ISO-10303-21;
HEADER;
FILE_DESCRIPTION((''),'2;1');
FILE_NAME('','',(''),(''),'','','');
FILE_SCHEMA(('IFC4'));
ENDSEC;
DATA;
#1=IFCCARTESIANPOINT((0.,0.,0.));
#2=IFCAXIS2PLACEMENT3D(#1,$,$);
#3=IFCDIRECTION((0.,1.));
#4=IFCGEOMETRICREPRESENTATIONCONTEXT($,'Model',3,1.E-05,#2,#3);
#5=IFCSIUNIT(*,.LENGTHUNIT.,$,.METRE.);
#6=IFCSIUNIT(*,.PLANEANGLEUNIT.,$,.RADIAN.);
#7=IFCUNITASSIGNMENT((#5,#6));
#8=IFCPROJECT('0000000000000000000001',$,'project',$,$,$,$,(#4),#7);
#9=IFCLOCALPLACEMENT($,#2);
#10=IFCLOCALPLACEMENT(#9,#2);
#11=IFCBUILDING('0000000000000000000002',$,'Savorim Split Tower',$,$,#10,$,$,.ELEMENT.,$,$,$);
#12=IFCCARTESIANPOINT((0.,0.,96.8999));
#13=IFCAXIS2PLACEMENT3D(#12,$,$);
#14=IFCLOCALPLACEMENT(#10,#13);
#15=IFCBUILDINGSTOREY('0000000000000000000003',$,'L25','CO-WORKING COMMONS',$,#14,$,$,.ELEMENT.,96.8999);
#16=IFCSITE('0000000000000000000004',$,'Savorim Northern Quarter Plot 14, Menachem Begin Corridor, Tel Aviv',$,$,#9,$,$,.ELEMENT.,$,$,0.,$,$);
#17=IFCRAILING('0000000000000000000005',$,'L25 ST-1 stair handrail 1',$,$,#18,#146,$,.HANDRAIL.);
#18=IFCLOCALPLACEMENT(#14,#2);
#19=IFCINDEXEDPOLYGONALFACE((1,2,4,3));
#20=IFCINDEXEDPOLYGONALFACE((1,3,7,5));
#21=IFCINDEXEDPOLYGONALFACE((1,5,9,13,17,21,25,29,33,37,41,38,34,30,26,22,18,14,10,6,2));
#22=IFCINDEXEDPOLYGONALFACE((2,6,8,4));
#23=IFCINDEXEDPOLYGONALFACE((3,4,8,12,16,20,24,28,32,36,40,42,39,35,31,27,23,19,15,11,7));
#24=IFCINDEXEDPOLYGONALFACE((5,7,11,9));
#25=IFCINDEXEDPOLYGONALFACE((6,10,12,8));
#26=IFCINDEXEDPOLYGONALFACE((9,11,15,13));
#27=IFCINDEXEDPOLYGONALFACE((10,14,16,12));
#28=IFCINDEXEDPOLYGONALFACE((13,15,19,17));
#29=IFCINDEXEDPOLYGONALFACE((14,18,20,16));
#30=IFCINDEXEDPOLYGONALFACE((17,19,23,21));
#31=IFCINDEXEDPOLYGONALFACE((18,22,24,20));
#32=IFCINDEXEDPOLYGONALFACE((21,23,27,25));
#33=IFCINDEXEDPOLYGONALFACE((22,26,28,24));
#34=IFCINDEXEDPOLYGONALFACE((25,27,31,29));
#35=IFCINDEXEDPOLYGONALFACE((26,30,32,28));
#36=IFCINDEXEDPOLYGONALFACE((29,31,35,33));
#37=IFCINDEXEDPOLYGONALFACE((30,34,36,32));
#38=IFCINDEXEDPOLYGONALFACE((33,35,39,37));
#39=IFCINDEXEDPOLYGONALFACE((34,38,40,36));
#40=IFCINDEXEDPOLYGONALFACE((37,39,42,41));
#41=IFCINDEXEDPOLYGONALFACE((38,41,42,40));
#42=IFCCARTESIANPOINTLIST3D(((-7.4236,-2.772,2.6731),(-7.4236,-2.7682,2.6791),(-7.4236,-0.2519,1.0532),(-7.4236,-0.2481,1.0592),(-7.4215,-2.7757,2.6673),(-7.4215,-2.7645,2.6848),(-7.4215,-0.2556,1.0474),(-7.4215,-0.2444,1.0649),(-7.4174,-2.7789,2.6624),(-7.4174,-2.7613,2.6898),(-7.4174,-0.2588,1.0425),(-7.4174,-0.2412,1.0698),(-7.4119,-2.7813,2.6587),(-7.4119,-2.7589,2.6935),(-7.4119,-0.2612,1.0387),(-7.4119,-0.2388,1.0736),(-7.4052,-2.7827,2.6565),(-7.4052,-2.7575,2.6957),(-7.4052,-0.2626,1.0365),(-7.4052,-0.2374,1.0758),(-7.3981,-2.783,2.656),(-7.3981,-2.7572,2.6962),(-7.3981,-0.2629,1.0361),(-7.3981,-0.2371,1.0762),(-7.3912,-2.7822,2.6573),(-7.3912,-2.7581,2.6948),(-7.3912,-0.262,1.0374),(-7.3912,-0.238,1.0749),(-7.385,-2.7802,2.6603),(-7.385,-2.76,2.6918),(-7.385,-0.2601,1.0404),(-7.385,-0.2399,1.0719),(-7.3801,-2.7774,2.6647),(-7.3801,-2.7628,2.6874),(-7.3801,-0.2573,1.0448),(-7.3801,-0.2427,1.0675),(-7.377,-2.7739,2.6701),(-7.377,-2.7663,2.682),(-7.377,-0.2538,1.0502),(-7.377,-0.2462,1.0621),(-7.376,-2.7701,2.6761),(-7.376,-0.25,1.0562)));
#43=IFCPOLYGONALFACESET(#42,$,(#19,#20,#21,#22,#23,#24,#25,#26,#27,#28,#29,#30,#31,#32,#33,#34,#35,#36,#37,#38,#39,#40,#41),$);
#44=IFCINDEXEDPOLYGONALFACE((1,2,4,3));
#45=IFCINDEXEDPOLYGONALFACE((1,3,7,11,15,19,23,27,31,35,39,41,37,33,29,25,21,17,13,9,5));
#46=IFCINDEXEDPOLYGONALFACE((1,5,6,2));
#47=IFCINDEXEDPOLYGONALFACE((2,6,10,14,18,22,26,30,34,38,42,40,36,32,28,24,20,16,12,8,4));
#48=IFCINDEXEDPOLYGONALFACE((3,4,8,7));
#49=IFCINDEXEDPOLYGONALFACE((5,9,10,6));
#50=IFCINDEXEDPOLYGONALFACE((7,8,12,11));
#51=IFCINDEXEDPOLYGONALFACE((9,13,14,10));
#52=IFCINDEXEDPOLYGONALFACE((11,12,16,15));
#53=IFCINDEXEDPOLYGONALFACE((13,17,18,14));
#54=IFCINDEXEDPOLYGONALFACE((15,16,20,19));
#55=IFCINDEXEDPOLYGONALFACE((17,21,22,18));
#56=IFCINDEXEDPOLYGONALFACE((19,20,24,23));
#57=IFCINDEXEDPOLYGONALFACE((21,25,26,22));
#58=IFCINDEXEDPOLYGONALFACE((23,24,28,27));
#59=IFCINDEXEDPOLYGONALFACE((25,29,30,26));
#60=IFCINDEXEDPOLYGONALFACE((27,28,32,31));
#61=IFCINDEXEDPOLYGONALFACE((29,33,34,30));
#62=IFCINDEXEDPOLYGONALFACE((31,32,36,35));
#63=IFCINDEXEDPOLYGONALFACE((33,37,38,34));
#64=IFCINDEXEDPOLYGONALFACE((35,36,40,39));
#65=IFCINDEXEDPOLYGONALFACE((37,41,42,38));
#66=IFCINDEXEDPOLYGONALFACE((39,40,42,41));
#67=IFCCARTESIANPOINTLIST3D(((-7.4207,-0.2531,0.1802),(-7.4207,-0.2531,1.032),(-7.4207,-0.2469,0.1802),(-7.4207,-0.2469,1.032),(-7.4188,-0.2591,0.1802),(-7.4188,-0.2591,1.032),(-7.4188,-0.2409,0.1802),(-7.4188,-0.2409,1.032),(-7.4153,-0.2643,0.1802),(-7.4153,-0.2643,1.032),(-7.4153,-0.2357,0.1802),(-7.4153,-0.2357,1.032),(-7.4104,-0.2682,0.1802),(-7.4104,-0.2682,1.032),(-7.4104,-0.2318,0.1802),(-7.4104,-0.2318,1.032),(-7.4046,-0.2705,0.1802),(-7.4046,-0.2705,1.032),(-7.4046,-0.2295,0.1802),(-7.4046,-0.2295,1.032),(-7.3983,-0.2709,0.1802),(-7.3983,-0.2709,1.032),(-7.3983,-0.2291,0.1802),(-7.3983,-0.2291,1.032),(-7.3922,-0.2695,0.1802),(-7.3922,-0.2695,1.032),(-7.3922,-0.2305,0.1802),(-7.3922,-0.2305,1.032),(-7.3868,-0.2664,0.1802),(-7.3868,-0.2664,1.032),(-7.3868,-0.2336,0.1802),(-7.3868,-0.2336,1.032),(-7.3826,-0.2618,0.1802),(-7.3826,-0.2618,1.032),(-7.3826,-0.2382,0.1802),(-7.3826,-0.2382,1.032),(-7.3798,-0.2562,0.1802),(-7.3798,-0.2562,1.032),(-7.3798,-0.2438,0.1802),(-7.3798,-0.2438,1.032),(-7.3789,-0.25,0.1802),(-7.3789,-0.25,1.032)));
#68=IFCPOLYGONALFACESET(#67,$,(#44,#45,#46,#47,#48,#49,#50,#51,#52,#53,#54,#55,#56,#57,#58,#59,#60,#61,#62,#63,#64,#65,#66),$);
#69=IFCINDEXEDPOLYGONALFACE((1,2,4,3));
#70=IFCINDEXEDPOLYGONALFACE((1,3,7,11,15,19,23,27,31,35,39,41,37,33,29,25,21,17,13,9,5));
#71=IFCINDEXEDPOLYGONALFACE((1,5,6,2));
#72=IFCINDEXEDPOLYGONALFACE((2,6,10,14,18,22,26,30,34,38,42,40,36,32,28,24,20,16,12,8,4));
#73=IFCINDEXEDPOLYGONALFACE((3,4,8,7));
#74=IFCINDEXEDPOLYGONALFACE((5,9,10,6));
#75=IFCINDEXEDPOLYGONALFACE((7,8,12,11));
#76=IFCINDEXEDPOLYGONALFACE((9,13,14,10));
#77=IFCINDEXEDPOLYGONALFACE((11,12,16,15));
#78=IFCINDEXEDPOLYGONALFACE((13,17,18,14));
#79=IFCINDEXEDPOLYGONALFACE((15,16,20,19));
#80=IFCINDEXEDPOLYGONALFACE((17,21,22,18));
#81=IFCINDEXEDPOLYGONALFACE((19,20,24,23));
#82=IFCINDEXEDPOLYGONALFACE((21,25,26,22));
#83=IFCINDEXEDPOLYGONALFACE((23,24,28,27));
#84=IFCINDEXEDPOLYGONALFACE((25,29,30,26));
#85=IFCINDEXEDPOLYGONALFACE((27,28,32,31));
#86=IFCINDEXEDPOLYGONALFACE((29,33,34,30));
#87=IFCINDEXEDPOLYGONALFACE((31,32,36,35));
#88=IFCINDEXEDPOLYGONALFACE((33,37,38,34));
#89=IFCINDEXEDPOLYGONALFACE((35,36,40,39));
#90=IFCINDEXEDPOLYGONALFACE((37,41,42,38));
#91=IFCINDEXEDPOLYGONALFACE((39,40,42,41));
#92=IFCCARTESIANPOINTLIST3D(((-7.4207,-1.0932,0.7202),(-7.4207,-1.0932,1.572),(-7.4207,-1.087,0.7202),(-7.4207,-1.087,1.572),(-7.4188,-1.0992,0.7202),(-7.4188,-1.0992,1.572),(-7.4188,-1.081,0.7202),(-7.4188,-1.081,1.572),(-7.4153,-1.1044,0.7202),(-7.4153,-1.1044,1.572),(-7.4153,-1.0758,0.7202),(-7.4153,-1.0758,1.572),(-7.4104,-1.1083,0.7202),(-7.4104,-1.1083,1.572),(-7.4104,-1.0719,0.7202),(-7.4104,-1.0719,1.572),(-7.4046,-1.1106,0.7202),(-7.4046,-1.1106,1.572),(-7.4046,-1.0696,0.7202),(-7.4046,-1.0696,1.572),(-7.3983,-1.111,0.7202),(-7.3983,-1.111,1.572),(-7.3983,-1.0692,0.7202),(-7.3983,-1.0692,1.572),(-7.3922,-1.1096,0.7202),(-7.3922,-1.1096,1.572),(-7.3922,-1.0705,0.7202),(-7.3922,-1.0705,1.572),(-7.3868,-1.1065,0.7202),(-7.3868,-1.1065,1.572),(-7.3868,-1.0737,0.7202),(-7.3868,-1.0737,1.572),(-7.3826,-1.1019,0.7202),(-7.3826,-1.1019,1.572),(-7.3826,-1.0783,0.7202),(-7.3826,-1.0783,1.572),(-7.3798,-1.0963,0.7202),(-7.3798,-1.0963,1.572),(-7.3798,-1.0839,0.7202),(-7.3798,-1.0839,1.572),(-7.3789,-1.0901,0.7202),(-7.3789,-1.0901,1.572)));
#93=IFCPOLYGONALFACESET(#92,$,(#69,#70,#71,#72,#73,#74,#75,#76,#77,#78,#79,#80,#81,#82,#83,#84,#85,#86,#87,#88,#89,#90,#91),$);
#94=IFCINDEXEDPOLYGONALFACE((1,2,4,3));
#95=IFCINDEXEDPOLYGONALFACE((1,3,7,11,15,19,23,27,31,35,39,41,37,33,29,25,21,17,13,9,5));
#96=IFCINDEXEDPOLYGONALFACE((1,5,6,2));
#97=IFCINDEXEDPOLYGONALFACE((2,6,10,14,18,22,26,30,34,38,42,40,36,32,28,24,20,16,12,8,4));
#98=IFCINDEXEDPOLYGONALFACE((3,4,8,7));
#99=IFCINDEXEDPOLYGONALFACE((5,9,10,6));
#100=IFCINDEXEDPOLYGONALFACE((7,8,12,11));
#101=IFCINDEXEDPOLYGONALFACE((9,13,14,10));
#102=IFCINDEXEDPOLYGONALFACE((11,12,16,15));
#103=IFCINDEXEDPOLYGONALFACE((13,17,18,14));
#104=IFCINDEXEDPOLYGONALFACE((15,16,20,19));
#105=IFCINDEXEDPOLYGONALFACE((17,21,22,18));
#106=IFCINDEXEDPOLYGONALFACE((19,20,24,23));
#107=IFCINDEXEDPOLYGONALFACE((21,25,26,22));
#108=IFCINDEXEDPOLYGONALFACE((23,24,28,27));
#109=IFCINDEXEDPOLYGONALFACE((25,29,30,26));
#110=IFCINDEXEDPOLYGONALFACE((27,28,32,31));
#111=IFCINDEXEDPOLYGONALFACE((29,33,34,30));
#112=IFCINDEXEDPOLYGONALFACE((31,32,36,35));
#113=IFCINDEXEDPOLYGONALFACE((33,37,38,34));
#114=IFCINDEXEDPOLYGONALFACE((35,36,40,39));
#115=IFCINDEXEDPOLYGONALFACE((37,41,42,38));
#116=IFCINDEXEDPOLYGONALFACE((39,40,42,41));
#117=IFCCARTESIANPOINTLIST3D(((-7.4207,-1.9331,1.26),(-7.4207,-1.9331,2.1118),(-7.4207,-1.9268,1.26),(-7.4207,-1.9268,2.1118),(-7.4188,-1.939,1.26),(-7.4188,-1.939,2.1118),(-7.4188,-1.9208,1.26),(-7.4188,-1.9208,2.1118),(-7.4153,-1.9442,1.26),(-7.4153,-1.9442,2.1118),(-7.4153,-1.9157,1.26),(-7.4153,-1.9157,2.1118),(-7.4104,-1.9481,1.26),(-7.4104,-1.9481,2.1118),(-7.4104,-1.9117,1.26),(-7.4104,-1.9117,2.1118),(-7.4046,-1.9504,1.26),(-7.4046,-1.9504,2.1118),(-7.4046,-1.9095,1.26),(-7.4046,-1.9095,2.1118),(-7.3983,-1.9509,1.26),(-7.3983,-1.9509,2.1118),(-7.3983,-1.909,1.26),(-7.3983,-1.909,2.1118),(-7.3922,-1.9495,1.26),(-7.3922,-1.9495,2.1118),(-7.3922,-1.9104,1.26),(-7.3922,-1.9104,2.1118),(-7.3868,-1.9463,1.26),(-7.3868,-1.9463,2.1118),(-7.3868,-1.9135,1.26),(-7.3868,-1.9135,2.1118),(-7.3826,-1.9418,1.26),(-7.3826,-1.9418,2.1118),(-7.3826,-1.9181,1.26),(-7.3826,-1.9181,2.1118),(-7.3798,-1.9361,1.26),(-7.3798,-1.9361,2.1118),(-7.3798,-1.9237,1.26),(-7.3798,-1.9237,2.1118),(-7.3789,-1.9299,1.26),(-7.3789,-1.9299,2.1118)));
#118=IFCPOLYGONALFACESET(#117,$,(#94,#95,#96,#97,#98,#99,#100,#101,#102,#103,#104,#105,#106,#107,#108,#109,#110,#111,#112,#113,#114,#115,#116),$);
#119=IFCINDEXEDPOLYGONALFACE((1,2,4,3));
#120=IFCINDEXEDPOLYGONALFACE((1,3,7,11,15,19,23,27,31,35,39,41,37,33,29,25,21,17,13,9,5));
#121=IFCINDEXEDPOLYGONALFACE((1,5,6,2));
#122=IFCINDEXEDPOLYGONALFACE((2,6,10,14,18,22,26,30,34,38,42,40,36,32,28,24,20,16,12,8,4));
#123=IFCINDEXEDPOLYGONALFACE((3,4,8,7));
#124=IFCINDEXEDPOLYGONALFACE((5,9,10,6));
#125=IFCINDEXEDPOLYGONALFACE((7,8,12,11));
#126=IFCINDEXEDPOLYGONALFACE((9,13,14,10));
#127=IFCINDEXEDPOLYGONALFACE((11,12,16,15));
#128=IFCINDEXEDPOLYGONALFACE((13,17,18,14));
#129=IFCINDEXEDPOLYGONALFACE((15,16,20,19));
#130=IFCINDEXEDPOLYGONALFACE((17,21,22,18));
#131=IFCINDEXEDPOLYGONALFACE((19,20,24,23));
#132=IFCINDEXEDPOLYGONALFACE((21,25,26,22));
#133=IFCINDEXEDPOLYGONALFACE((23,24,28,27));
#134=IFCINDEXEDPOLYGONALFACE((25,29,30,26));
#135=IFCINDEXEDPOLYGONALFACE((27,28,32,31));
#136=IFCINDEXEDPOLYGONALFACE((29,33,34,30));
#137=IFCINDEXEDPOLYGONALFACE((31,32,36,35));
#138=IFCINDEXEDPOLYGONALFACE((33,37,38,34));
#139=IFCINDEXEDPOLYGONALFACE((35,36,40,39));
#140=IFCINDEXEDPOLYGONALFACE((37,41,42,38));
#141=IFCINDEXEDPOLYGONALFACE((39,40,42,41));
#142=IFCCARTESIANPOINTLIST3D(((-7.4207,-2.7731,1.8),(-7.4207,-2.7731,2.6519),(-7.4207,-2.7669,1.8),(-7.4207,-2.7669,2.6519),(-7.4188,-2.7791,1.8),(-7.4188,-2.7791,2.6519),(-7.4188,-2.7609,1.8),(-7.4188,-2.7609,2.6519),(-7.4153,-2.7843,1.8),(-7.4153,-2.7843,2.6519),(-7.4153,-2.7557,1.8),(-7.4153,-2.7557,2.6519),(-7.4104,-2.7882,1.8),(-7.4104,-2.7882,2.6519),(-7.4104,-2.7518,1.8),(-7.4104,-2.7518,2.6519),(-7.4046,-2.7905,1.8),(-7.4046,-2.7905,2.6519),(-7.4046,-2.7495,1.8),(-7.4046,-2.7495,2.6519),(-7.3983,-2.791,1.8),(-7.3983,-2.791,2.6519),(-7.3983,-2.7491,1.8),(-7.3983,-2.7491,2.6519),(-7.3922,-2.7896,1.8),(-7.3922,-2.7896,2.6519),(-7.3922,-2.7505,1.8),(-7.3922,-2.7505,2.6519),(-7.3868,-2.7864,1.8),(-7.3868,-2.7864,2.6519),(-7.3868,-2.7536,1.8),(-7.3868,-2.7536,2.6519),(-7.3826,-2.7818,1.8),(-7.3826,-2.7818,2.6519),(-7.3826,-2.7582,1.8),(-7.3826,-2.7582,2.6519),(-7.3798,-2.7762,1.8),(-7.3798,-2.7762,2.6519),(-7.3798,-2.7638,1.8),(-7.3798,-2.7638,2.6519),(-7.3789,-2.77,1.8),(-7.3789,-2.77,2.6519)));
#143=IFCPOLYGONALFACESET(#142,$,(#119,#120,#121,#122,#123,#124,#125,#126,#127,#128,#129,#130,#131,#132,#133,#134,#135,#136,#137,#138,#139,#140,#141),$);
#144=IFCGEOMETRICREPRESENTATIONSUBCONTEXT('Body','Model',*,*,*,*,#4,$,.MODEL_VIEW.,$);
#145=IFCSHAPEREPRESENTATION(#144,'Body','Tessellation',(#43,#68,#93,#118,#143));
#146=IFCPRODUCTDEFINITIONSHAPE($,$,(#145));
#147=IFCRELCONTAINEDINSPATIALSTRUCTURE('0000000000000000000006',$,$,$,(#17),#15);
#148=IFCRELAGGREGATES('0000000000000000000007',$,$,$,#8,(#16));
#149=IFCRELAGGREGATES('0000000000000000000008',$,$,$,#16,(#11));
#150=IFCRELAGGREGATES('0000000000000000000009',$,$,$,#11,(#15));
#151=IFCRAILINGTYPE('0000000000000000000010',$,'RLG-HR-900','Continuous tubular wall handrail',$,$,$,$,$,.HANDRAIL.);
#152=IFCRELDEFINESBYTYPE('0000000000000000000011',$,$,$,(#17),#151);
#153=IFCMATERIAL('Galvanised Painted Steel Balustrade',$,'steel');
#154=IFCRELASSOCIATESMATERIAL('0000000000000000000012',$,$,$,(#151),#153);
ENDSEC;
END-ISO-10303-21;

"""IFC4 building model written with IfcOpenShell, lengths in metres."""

from ifc_helpers import new_model, si_unit, direction, frame, origin, origin_2d, place, context, subcontext, project, spatial, circle, extrude, material, type_object, element, save


model = new_model("IFC4")

# Units and contexts
model_context = context("Model", 3, precision=1e-05, world=origin(), true_north=direction((0.0, 1.0)))
body_context = subcontext(model_context, "Body", "Model", "MODEL_VIEW")
ifc_project = project(units=[si_unit("LENGTHUNIT", "METRE"), si_unit("PLANEANGLEUNIT", "RADIAN")], contexts=[model_context])

# Site, building, storey
site_placement = place(None, origin())
site = spatial("IfcSite", under=ifc_project, at=site_placement, Name="Savorim Northern Quarter Plot 14, Menachem Begin Corridor, Tel Aviv", CompositionType="ELEMENT", RefElevation=0.0)
building_placement = place(site_placement, origin())
building = spatial("IfcBuilding", under=site, at=building_placement, Name="Savorim Split Tower", CompositionType="ELEMENT")
storey_placement = place(building_placement, frame((0.0, 0.0, 96.8999)))
storey = spatial("IfcBuildingStorey", under=building, at=storey_placement, Name="L25", Description="CO-WORKING COMMONS", CompositionType="ELEMENT", Elevation=96.8999)

# Railing
ifc_material_1 = material(Name="Galvanised Painted Steel Balustrade", Category="steel")
railing_type_1 = type_object("IfcRailingType", Name="RLG-HR-900", Description="Continuous tubular wall handrail", PredefinedType="HANDRAIL", material=ifc_material_1)
railing_1_placement = place(storey_placement, frame((-7.3999, -0.25, 0.1802)))
element("IfcRailing", 1, at=railing_1_placement, inside=storey, type_object=railing_type_1, Name="L25 ST-1 stair handrail 1", PredefinedType="HANDRAIL", context=body_context, shape_type="SweptSolid", body=[
    extrude(circle(Radius=0.0239, at=origin_2d()), frame((0.0, 0.0, 0.876), z_axis=(0.0, -0.8412, 0.540725), x_axis=(1.0, 0.0, 0.0)), (0.0, 0.0, 1.0), 2.9958),
    extrude(circle(Radius=0.021, at=origin_2d()), origin(), (0.0, 0.0, 1.0), 0.8518),
    extrude(circle(Radius=0.021, at=origin_2d()), frame((0.0, -0.8401, 0.54)), (0.0, 0.0, 1.0), 0.8518),
    extrude(circle(Radius=0.021, at=origin_2d()), frame((0.0, -1.6799, 1.0798)), (0.0, 0.0, 1.0), 0.8518),
    extrude(circle(Radius=0.021, at=origin_2d()), frame((0.0, -2.52, 1.6199)), (0.0, 0.0, 1.0), 0.8518),
])

save(model, "model.ifc")
